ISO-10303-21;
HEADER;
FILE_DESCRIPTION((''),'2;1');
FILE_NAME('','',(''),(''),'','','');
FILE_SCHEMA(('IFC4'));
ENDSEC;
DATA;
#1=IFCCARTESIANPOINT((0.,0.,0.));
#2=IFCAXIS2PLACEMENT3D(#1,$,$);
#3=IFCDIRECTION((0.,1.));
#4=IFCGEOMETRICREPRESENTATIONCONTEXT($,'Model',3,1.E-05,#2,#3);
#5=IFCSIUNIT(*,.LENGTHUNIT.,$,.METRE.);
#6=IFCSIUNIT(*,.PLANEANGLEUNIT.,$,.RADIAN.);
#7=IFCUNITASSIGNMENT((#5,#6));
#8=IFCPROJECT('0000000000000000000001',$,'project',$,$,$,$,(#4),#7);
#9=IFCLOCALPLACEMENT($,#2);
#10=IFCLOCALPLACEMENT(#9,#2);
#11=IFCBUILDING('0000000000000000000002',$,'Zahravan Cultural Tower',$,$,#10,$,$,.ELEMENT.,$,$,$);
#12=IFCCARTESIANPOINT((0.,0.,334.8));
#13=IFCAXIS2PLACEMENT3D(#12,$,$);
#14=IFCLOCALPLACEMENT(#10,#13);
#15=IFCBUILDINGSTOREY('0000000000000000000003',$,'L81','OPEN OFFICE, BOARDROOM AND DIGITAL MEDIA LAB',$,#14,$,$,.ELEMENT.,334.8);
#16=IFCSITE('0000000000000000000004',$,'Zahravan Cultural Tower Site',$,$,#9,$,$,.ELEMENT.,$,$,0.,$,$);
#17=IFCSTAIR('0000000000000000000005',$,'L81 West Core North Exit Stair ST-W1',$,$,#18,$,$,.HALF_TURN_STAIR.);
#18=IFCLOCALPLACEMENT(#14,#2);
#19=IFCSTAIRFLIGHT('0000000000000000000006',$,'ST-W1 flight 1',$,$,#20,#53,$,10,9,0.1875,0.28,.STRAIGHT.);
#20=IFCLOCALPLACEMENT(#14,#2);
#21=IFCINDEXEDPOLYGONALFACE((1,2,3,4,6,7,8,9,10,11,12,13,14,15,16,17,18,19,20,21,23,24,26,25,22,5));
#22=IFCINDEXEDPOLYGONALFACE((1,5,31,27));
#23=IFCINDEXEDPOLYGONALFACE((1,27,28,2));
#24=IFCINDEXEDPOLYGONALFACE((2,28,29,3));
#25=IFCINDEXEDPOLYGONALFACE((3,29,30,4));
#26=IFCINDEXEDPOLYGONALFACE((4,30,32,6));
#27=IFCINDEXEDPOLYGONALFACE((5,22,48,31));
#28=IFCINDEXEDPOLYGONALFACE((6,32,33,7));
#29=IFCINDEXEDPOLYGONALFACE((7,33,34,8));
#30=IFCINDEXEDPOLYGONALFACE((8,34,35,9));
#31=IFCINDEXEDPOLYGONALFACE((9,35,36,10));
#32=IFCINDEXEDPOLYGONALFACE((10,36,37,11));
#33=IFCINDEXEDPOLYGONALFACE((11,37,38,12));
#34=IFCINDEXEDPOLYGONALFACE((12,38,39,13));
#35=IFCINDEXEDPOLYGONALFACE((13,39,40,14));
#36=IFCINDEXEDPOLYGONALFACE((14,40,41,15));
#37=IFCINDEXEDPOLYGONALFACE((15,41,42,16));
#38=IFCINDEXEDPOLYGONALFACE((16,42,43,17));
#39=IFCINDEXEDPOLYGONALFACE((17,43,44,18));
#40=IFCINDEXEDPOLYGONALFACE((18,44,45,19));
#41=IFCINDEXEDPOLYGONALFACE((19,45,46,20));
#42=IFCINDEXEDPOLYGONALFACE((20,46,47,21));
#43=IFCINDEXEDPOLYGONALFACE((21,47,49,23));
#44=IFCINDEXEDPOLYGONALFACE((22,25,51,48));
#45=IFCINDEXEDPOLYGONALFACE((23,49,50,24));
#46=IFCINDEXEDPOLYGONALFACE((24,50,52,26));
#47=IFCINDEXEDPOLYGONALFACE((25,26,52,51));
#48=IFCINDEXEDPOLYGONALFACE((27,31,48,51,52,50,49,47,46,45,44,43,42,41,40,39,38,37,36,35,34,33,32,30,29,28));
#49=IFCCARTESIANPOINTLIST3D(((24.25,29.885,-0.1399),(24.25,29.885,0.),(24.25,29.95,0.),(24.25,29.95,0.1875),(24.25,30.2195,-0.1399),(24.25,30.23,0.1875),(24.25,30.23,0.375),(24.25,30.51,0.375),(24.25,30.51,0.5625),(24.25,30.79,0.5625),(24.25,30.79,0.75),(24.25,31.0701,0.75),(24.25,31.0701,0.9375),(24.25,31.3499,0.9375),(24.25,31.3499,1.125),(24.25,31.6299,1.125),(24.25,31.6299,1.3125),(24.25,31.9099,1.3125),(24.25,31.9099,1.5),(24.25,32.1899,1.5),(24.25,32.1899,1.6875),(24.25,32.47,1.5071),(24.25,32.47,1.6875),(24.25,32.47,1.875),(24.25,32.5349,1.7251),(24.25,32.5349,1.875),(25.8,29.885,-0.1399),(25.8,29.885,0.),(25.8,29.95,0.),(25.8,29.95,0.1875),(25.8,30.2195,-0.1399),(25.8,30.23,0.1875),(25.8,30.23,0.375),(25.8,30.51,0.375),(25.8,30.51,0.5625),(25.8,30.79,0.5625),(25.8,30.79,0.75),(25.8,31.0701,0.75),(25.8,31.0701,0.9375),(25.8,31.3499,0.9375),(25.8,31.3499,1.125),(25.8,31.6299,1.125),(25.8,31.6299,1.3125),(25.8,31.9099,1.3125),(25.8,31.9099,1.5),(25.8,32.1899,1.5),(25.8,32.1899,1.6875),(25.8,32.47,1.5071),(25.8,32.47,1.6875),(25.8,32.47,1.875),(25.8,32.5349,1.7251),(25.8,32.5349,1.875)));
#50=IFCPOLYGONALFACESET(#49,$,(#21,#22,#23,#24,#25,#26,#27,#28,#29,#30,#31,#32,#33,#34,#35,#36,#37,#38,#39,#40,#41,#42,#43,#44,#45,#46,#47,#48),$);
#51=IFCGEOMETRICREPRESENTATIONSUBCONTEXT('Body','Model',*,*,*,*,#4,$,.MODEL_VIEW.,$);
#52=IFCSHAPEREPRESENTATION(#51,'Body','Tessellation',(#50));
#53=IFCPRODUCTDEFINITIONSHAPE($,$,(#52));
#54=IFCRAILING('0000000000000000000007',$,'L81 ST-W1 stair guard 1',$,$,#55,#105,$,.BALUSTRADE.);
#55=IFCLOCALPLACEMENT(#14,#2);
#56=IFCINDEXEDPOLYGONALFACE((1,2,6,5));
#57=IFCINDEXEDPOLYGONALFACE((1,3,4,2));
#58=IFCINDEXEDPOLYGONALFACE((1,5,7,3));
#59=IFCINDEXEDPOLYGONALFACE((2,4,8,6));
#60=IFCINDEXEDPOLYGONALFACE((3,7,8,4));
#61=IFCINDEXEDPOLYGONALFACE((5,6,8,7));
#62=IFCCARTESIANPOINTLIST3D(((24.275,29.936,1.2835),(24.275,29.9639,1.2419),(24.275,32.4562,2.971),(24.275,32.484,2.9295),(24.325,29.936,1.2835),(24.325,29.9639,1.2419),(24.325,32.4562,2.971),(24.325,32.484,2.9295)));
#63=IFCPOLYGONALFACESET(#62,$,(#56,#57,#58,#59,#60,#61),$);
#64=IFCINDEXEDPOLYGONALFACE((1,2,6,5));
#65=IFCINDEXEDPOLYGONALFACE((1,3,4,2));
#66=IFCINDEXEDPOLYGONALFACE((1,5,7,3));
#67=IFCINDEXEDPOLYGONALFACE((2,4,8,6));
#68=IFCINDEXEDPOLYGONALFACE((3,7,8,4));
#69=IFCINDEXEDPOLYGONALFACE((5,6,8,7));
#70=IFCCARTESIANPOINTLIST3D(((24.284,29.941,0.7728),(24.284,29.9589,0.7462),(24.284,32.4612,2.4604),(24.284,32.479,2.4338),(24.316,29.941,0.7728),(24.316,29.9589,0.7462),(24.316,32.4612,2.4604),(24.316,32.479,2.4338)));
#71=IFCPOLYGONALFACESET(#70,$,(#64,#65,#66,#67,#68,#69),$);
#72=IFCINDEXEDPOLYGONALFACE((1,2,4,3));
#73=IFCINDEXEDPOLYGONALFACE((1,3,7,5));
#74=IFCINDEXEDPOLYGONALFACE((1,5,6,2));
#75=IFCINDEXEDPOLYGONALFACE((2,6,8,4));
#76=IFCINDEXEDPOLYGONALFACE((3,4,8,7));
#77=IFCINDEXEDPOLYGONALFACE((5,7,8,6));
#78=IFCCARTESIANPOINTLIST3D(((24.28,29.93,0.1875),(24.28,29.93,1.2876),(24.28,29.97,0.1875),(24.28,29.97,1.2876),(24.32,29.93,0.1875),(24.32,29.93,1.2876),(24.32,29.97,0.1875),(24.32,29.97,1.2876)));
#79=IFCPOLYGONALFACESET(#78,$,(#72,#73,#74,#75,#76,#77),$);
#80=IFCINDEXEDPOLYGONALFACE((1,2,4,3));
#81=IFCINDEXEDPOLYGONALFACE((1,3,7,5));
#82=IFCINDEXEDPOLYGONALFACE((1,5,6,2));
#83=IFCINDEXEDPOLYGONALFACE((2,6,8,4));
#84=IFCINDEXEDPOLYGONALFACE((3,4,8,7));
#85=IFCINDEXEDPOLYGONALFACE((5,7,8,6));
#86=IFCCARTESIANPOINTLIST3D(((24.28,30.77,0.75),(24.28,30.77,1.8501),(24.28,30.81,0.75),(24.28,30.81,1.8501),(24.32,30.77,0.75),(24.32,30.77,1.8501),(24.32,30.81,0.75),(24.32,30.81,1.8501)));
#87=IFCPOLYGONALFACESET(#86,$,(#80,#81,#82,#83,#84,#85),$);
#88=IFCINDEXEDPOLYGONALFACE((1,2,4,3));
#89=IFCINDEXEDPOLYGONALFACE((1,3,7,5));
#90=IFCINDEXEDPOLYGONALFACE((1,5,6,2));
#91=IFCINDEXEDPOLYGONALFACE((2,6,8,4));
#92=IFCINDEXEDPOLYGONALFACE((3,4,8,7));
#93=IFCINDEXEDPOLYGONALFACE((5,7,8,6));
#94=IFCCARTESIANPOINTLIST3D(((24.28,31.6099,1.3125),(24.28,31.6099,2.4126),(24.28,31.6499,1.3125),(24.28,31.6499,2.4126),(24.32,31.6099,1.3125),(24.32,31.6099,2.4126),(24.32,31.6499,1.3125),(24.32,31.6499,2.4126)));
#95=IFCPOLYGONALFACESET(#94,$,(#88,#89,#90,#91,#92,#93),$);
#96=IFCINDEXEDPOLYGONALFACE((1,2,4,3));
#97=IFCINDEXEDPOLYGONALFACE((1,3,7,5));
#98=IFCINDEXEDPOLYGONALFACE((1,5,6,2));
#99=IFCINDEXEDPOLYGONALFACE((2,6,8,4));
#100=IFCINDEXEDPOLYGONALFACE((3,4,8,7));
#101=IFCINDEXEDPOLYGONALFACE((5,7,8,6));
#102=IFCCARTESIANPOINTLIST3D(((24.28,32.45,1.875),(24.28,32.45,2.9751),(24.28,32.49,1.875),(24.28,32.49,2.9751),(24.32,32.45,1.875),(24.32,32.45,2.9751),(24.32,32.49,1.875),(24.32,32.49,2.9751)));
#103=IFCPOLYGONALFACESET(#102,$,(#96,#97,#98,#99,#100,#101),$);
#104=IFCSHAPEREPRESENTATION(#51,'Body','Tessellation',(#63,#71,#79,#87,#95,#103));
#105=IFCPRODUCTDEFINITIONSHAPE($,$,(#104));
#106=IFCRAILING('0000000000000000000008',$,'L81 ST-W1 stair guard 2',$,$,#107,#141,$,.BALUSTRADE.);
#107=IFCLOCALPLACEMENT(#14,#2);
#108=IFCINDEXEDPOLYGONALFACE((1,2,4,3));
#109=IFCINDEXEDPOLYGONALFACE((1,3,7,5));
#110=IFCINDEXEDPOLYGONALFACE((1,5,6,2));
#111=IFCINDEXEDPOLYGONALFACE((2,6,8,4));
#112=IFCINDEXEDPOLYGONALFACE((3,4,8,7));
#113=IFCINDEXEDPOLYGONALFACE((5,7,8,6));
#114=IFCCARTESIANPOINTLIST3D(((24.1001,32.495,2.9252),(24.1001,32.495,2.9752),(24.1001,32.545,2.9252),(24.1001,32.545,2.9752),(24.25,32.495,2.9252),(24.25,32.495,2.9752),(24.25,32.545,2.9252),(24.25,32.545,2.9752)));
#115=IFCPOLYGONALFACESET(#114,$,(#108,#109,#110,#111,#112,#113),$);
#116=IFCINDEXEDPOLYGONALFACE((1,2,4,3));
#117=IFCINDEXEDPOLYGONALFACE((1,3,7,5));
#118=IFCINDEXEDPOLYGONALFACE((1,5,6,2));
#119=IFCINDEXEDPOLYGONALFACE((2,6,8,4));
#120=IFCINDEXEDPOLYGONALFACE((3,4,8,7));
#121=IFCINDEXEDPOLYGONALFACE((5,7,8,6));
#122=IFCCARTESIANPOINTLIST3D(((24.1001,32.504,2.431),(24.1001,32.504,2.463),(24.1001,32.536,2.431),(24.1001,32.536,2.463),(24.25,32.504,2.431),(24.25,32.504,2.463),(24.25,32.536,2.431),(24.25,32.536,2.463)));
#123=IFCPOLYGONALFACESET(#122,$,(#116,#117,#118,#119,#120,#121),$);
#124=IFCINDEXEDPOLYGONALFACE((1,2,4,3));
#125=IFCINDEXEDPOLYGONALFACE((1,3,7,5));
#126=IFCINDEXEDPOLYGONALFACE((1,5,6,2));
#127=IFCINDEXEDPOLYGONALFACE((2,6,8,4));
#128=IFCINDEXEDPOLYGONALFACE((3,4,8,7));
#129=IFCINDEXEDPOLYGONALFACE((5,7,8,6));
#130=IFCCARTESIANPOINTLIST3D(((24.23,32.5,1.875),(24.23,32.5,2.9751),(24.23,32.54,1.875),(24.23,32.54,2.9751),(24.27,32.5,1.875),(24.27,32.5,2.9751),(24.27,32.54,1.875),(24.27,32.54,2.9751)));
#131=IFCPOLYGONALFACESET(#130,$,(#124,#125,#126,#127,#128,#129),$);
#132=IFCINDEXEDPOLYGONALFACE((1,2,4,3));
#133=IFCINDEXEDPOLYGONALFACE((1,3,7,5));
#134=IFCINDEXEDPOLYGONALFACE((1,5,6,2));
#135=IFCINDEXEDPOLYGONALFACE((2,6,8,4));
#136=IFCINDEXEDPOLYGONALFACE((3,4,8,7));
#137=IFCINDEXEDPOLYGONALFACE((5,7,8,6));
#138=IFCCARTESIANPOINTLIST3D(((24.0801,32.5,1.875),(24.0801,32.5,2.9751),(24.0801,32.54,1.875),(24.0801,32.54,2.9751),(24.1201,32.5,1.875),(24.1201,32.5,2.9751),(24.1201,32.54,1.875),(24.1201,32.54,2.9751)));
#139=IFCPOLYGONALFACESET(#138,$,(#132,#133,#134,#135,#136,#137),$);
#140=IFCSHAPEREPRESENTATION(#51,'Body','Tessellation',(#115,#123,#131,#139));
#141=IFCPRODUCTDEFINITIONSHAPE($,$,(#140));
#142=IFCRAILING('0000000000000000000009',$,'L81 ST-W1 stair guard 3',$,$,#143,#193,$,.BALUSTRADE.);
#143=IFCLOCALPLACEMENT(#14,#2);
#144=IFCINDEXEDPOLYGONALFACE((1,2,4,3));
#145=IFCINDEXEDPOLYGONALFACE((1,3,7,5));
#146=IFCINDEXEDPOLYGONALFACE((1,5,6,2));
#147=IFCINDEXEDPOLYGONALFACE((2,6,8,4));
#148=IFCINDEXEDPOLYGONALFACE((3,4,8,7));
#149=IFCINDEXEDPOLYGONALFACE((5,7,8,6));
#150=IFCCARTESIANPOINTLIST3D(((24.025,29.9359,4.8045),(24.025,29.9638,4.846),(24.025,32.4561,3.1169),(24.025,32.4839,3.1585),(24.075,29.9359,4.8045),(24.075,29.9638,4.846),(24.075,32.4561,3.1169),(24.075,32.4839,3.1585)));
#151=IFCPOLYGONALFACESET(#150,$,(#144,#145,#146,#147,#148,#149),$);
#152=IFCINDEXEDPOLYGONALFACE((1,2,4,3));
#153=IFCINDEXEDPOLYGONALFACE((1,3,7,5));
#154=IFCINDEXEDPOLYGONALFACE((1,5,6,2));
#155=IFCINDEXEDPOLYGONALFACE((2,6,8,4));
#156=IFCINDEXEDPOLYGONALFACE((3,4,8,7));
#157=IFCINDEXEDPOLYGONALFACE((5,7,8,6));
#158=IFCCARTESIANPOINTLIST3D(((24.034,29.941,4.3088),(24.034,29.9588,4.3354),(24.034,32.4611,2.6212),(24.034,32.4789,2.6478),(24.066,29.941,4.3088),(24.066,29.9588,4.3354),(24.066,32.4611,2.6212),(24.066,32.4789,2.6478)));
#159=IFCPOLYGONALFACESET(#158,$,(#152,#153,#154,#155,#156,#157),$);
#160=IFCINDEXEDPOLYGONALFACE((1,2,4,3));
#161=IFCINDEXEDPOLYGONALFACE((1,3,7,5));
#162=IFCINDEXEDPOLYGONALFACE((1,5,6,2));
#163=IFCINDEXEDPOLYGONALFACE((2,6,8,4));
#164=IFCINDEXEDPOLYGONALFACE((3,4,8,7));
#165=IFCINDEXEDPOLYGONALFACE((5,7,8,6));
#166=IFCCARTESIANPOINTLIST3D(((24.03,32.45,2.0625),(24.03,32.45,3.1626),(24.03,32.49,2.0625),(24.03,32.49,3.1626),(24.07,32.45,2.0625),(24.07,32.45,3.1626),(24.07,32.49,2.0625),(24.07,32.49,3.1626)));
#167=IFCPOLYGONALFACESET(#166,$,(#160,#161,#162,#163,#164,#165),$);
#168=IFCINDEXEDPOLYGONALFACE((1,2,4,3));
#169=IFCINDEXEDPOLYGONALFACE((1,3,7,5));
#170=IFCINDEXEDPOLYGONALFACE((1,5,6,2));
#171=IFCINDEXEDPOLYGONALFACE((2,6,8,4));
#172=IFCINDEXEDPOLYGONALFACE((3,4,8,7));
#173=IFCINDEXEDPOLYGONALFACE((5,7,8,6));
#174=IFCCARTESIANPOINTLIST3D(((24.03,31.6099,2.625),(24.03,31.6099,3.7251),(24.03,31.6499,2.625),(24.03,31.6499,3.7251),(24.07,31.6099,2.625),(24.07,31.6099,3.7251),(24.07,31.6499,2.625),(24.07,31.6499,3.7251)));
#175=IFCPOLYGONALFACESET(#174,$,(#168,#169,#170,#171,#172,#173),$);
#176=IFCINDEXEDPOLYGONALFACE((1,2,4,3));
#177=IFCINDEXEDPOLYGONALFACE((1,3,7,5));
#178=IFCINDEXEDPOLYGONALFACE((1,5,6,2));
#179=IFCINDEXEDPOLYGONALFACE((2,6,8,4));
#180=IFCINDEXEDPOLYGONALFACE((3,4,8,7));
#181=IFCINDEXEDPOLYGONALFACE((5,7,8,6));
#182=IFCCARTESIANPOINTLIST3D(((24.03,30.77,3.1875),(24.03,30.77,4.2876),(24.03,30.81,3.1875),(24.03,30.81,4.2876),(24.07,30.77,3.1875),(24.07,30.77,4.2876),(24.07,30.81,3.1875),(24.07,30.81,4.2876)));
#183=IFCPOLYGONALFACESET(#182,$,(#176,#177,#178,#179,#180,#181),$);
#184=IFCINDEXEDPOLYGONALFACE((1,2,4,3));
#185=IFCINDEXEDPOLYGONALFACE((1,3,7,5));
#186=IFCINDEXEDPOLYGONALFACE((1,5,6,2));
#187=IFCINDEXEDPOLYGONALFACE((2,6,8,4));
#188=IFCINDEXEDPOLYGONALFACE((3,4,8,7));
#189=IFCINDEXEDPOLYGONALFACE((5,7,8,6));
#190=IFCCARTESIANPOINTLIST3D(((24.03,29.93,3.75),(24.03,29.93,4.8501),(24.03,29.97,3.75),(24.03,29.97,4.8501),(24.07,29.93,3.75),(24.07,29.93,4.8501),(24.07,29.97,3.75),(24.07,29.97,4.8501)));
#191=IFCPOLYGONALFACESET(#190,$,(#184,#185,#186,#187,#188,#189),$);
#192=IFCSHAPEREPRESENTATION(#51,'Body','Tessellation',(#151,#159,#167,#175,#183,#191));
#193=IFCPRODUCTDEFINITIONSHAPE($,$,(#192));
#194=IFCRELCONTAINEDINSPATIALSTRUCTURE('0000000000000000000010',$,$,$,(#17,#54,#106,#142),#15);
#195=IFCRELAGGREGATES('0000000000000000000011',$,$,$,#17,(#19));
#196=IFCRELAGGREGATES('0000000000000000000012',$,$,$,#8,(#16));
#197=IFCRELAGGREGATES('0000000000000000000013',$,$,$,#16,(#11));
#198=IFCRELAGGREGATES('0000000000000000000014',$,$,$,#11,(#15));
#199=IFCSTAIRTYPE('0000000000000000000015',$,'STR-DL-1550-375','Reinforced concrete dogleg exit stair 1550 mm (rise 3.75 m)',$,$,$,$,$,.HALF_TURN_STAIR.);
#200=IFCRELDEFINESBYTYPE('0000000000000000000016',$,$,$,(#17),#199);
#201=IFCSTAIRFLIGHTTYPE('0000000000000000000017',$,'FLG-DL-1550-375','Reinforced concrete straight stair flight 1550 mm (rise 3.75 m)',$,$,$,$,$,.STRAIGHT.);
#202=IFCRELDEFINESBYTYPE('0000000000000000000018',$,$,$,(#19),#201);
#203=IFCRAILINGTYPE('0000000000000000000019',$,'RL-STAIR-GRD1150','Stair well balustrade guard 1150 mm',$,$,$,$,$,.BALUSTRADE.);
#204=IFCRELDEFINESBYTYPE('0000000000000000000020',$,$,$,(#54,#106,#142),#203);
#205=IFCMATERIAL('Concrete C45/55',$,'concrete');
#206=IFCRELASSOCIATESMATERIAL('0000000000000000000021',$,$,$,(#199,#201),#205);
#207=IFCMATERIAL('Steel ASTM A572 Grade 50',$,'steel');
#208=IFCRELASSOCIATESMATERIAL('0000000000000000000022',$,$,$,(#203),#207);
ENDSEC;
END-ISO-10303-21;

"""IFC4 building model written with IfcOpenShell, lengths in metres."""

from ifc_helpers import new_model, si_unit, direction, frame, origin, origin_2d, place, context, subcontext, project, spatial, polyline, rectangle, outline, extrude, material, type_object, element, aggregate, save


model = new_model("IFC4")

# Units and contexts
model_context = context("Model", 3, precision=1e-05, world=origin(), true_north=direction((0.0, 1.0)))
body_context = subcontext(model_context, "Body", "Model", "MODEL_VIEW")
ifc_project = project(units=[si_unit("LENGTHUNIT", "METRE"), si_unit("PLANEANGLEUNIT", "RADIAN")], contexts=[model_context])

# Site, building, storey
site_placement = place(None, origin())
site = spatial("IfcSite", under=ifc_project, at=site_placement, Name="Zahravan Cultural Tower Site", CompositionType="ELEMENT", RefElevation=0.0)
building_placement = place(site_placement, origin())
building = spatial("IfcBuilding", under=site, at=building_placement, Name="Zahravan Cultural Tower", CompositionType="ELEMENT")
storey_placement = place(building_placement, frame((0.0, 0.0, 334.8)))
storey = spatial("IfcBuildingStorey", under=building, at=storey_placement, Name="L81", Description="OPEN OFFICE, BOARDROOM AND DIGITAL MEDIA LAB", CompositionType="ELEMENT", Elevation=334.8)

# Shared definitions
ifc_material_1 = material(Name="Steel ASTM A572 Grade 50", Category="steel")
ifc_material_2 = material(Name="Concrete C45/55", Category="concrete")

# Stair, stair flight
stair_type = type_object("IfcStairType", Name="STR-DL-1550-375", Description="Reinforced concrete dogleg exit stair 1550 mm (rise 3.75 m)", PredefinedType="HALF_TURN_STAIR", material=ifc_material_2)
stair_placement = place(storey_placement, origin())
stair = element("IfcStair", 1, at=stair_placement, inside=storey, type_object=stair_type, Name="L81 West Core North Exit Stair ST-W1", PredefinedType="HALF_TURN_STAIR")
stair_flight_type = type_object("IfcStairFlightType", Name="FLG-DL-1550-375", Description="Reinforced concrete straight stair flight 1550 mm (rise 3.75 m)", PredefinedType="STRAIGHT", material=ifc_material_2)
stair_flight_placement = place(storey_placement, frame((25.0249, 29.95, 0.0), z_axis=(0.0, 0.0, 1.0), x_axis=(0.0, 1.0, 0.0)))
stair_flight = element("IfcStairFlight", 2, at=stair_flight_placement, type_object=stair_flight_type, Name="ST-W1 flight 1", NumberOfRisers=10, NumberOfTreads=9, PredefinedType="STRAIGHT", RiserHeight=0.1875, TreadLength=0.28, context=body_context, shape_type="SweptSolid", body=[
    extrude(outline(polyline([(-0.0649, -0.1399), (-0.0649, 0.0), (0.0, 0.0), (0.0, 0.1875), (0.28, 0.1875), (0.28, 0.375), (0.5601, 0.375), (0.5601, 0.5625), (0.8401, 0.5625), (0.8401, 0.75), (1.1201, 0.75), (1.1201, 0.9375), (1.3999, 0.9375), (1.3999, 1.125), (1.6799, 1.125), (1.6799, 1.3125), (1.96, 1.3125), (1.96, 1.5), (2.24, 1.5), (2.24, 1.6875), (2.52, 1.6875), (2.52, 1.875), (2.585, 1.875), (2.585, 1.7251), (2.52, 1.5071), (0.2695, -0.1399), (-0.0649, -0.1399)])), frame((0.0, 0.7749, 0.0), z_axis=(0.0, -1.0, 0.0), x_axis=(1.0, 0.0, 0.0)), (0.0, 0.0, 1.0), 1.55),
])
aggregate(stair, [stair_flight])

# Railings
railing_type_1 = type_object("IfcRailingType", Name="RL-STAIR-GRD1150", Description="Stair well balustrade guard 1150 mm", PredefinedType="BALUSTRADE", material=ifc_material_1)
railing_1_placement = place(storey_placement, frame((24.3, 29.95, 0.1875)))
element("IfcRailing", 3, at=railing_1_placement, inside=storey, type_object=railing_type_1, Name="L81 ST-W1 stair guard 1", PredefinedType="BALUSTRADE", context=body_context, shape_type="SweptSolid", body=[
    extrude(rectangle(XDim=0.05, YDim=0.05, at=origin_2d()), frame((0.0, 0.0, 1.0752), z_axis=(0.0, 0.830909, 0.556408), x_axis=(-1.0, 0.0, 0.0)), (0.0, 0.0, 1.0), 3.033),
    extrude(rectangle(XDim=0.032, YDim=0.032, at=origin_2d()), frame((0.0, 0.0, 0.572), z_axis=(0.0, 0.830909, 0.556408), x_axis=(-1.0, 0.0, 0.0)), (0.0, 0.0, 1.0), 3.033),
    extrude(rectangle(XDim=0.04, YDim=0.04, at=origin_2d()), origin(), (0.0, 0.0, 1.0), 1.1001),
    extrude(rectangle(XDim=0.04, YDim=0.04, at=origin_2d()), frame((0.0, 0.8401, 0.5625)), (0.0, 0.0, 1.0), 1.1001),
    extrude(rectangle(XDim=0.04, YDim=0.04, at=origin_2d()), frame((0.0, 1.6799, 1.125)), (0.0, 0.0, 1.0), 1.1001),
    extrude(rectangle(XDim=0.04, YDim=0.04, at=origin_2d()), frame((0.0, 2.52, 1.6875)), (0.0, 0.0, 1.0), 1.1001),
])
railing_2_placement = place(storey_placement, frame((24.25, 32.52, 1.875)))
element("IfcRailing", 4, at=railing_2_placement, inside=storey, type_object=railing_type_1, Name="L81 ST-W1 stair guard 2", PredefinedType="BALUSTRADE", context=body_context, shape_type="SweptSolid", body=[
    extrude(rectangle(XDim=0.05, YDim=0.05, at=origin_2d()), frame((0.0, 0.0, 1.0752), z_axis=(-1.0, 0.0, 0.0), x_axis=(0.0, -1.0, 0.0)), (0.0, 0.0, 1.0), 0.1499),
    extrude(rectangle(XDim=0.032, YDim=0.032, at=origin_2d()), frame((0.0, 0.0, 0.572), z_axis=(-1.0, 0.0, 0.0), x_axis=(0.0, -1.0, 0.0)), (0.0, 0.0, 1.0), 0.1499),
    extrude(rectangle(XDim=0.04, YDim=0.04, at=origin_2d()), origin(), (0.0, 0.0, 1.0), 1.1001),
    extrude(rectangle(XDim=0.04, YDim=0.04, at=origin_2d()), frame((-0.1499, 0.0, 0.0)), (0.0, 0.0, 1.0), 1.1001),
])
railing_3_placement = place(storey_placement, frame((24.05, 32.47, 2.0625)))
element("IfcRailing", 5, at=railing_3_placement, inside=storey, type_object=railing_type_1, Name="L81 ST-W1 stair guard 3", PredefinedType="BALUSTRADE", context=body_context, shape_type="SweptSolid", body=[
    extrude(rectangle(XDim=0.05, YDim=0.05, at=origin_2d()), frame((0.0, 0.0, 1.0752), z_axis=(0.0, -0.830909, 0.556408), x_axis=(1.0, 0.0, 0.0)), (0.0, 0.0, 1.0), 3.033),
    extrude(rectangle(XDim=0.032, YDim=0.032, at=origin_2d()), frame((0.0, 0.0, 0.572), z_axis=(0.0, -0.830909, 0.556408), x_axis=(1.0, 0.0, 0.0)), (0.0, 0.0, 1.0), 3.033),
    extrude(rectangle(XDim=0.04, YDim=0.04, at=origin_2d()), origin(), (0.0, 0.0, 1.0), 1.1001),
    extrude(rectangle(XDim=0.04, YDim=0.04, at=origin_2d()), frame((0.0, -0.8401, 0.5625)), (0.0, 0.0, 1.0), 1.1001),
    extrude(rectangle(XDim=0.04, YDim=0.04, at=origin_2d()), frame((0.0, -1.6799, 1.125)), (0.0, 0.0, 1.0), 1.1001),
    extrude(rectangle(XDim=0.04, YDim=0.04, at=origin_2d()), frame((0.0, -2.52, 1.6875)), (0.0, 0.0, 1.0), 1.1001),
])

save(model, "model.ifc")
